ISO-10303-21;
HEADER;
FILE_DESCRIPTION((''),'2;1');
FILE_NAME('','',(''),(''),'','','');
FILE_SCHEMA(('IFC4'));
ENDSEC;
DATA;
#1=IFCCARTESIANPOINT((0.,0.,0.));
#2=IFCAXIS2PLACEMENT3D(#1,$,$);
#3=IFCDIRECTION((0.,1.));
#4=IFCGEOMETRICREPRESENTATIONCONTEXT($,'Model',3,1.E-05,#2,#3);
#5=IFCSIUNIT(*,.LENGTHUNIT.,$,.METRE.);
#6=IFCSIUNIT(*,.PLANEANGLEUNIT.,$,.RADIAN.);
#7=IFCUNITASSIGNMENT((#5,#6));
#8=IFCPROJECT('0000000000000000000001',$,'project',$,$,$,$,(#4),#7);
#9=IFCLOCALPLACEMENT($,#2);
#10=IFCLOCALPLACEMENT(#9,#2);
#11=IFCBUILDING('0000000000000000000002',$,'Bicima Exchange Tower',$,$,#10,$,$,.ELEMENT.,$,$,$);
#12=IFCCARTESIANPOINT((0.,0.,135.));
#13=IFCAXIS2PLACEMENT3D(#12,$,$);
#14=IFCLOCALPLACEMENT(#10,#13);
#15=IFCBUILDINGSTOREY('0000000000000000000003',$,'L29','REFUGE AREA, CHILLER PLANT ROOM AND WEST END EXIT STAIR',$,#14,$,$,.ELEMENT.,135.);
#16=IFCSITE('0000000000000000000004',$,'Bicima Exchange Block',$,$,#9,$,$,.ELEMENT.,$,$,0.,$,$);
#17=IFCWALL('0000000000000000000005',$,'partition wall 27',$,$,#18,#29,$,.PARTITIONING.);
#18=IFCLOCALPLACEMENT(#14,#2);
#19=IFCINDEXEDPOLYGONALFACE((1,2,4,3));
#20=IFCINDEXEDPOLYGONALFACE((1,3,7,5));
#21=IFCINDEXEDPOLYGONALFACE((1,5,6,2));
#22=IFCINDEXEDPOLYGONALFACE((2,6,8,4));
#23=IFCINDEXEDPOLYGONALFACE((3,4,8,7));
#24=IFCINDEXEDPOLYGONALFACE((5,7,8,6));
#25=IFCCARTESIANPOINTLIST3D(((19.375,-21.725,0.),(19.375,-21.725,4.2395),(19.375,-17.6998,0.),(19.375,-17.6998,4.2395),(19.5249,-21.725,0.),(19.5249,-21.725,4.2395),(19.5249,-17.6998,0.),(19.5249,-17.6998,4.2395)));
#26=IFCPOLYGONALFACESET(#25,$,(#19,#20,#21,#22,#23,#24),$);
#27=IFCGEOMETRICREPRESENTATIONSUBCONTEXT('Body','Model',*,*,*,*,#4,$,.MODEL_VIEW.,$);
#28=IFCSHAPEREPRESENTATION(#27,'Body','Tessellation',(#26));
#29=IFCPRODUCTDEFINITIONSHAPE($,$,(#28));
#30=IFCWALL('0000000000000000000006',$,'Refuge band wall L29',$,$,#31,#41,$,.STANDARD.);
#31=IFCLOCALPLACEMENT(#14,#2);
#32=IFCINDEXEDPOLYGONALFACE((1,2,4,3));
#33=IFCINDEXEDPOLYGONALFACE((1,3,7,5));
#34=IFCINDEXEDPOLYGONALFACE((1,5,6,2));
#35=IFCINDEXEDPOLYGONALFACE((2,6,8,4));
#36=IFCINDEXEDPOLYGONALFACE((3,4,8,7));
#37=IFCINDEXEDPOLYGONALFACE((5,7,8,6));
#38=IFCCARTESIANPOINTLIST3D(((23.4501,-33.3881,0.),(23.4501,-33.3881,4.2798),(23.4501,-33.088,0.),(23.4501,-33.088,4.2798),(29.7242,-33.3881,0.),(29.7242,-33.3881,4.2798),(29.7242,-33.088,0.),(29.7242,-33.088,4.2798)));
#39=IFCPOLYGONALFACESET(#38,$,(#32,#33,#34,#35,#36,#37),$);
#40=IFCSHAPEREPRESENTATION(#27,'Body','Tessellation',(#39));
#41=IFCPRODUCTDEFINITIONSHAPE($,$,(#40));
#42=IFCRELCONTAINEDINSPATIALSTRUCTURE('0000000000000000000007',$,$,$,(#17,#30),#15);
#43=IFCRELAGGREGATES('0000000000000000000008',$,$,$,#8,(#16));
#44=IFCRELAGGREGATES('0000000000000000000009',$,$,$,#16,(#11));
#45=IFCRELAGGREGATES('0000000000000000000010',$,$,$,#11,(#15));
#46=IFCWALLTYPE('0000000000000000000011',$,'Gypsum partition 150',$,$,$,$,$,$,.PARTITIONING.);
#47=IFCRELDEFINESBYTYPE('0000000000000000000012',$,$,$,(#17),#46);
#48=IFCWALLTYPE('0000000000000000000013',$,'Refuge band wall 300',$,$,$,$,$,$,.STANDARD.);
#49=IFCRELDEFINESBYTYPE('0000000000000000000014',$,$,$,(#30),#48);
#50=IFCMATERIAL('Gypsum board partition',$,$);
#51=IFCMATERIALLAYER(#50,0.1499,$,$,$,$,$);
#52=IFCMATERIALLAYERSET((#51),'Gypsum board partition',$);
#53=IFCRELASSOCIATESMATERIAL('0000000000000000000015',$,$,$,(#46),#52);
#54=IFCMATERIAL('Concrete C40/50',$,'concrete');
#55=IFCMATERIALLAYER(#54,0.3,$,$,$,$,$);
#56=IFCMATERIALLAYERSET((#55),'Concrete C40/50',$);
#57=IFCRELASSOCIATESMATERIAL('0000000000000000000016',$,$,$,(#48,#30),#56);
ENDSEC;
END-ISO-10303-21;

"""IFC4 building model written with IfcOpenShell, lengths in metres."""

from ifc_helpers import new_model, si_unit, direction, frame, frame_2d, origin, place, context, subcontext, project, spatial, rectangle, extrude, material, layer, layer_set, layer_usage, type_object, element, save


model = new_model("IFC4")

# Units and contexts
model_context = context("Model", 3, precision=1e-05, world=origin(), true_north=direction((0.0, 1.0)))
body_context = subcontext(model_context, "Body", "Model", "MODEL_VIEW")
ifc_project = project(units=[si_unit("LENGTHUNIT", "METRE"), si_unit("PLANEANGLEUNIT", "RADIAN")], contexts=[model_context])

# Site, building, storey
site_placement = place(None, origin())
site = spatial("IfcSite", under=ifc_project, at=site_placement, Name="Bicima Exchange Block", CompositionType="ELEMENT", RefElevation=0.0)
building_placement = place(site_placement, origin())
building = spatial("IfcBuilding", under=site, at=building_placement, Name="Bicima Exchange Tower", CompositionType="ELEMENT")
storey_placement = place(building_placement, frame((0.0, 0.0, 135.0)))
storey = spatial("IfcBuildingStorey", under=building, at=storey_placement, Name="L29", Description="REFUGE AREA, CHILLER PLANT ROOM AND WEST END EXIT STAIR", CompositionType="ELEMENT", Elevation=135.0)

# Shared definitions
ifc_material_1 = material(Name="Concrete C40/50", Category="concrete")
ifc_material_2 = material(Name="Gypsum board partition")

# Walls
ifc_layer_1 = layer(ifc_material_2, 0.1499)
ifc_layer_set_1 = layer_set([ifc_layer_1], Name="Gypsum board partition")
wall_type_1 = type_object("IfcWallType", Name="Gypsum partition 150", PredefinedType="PARTITIONING", material=ifc_layer_set_1)
wall_1_placement = place(storey_placement, frame((19.45, -21.7251, 0.0), z_axis=(0.0, 0.0, 1.0), x_axis=(0.0, 1.0, 0.0)))
element("IfcWall", 1, at=wall_1_placement, inside=storey, type_object=wall_type_1, Name="partition wall 27", PredefinedType="PARTITIONING", context=body_context, shape_type="SweptSolid", body=[
    extrude(rectangle(XDim=4.0251, YDim=0.1499, at=frame_2d((2.0127, 0.0))), origin(), (0.0, 0.0, 1.0), 4.2395),
])
ifc_layer_2 = layer(ifc_material_1, 0.3)
ifc_layer_set_2 = layer_set([ifc_layer_2], Name="Concrete C40/50")
ifc_layer_usage_1 = layer_usage(ifc_layer_set_2, "AXIS2", "POSITIVE", -0.15)
wall_type_2 = type_object("IfcWallType", Name="Refuge band wall 300", PredefinedType="STANDARD", material=ifc_layer_set_2)
wall_2_placement = place(storey_placement, frame((23.45, -33.238, 0.0), z_axis=(0.0, 0.0, 1.0), x_axis=(1.0, 0.0, 0.0)))
element("IfcWall", 2, at=wall_2_placement, inside=storey, type_object=wall_type_2, material=ifc_layer_usage_1, Name="Refuge band wall L29", PredefinedType="STANDARD", context=body_context, shape_type="SweptSolid", body=[
    extrude(rectangle(XDim=6.2742, YDim=0.3, at=frame_2d((3.1372, 0.0))), origin(), (0.0, 0.0, 1.0), 4.2798),
])

save(model, "model.ifc")
